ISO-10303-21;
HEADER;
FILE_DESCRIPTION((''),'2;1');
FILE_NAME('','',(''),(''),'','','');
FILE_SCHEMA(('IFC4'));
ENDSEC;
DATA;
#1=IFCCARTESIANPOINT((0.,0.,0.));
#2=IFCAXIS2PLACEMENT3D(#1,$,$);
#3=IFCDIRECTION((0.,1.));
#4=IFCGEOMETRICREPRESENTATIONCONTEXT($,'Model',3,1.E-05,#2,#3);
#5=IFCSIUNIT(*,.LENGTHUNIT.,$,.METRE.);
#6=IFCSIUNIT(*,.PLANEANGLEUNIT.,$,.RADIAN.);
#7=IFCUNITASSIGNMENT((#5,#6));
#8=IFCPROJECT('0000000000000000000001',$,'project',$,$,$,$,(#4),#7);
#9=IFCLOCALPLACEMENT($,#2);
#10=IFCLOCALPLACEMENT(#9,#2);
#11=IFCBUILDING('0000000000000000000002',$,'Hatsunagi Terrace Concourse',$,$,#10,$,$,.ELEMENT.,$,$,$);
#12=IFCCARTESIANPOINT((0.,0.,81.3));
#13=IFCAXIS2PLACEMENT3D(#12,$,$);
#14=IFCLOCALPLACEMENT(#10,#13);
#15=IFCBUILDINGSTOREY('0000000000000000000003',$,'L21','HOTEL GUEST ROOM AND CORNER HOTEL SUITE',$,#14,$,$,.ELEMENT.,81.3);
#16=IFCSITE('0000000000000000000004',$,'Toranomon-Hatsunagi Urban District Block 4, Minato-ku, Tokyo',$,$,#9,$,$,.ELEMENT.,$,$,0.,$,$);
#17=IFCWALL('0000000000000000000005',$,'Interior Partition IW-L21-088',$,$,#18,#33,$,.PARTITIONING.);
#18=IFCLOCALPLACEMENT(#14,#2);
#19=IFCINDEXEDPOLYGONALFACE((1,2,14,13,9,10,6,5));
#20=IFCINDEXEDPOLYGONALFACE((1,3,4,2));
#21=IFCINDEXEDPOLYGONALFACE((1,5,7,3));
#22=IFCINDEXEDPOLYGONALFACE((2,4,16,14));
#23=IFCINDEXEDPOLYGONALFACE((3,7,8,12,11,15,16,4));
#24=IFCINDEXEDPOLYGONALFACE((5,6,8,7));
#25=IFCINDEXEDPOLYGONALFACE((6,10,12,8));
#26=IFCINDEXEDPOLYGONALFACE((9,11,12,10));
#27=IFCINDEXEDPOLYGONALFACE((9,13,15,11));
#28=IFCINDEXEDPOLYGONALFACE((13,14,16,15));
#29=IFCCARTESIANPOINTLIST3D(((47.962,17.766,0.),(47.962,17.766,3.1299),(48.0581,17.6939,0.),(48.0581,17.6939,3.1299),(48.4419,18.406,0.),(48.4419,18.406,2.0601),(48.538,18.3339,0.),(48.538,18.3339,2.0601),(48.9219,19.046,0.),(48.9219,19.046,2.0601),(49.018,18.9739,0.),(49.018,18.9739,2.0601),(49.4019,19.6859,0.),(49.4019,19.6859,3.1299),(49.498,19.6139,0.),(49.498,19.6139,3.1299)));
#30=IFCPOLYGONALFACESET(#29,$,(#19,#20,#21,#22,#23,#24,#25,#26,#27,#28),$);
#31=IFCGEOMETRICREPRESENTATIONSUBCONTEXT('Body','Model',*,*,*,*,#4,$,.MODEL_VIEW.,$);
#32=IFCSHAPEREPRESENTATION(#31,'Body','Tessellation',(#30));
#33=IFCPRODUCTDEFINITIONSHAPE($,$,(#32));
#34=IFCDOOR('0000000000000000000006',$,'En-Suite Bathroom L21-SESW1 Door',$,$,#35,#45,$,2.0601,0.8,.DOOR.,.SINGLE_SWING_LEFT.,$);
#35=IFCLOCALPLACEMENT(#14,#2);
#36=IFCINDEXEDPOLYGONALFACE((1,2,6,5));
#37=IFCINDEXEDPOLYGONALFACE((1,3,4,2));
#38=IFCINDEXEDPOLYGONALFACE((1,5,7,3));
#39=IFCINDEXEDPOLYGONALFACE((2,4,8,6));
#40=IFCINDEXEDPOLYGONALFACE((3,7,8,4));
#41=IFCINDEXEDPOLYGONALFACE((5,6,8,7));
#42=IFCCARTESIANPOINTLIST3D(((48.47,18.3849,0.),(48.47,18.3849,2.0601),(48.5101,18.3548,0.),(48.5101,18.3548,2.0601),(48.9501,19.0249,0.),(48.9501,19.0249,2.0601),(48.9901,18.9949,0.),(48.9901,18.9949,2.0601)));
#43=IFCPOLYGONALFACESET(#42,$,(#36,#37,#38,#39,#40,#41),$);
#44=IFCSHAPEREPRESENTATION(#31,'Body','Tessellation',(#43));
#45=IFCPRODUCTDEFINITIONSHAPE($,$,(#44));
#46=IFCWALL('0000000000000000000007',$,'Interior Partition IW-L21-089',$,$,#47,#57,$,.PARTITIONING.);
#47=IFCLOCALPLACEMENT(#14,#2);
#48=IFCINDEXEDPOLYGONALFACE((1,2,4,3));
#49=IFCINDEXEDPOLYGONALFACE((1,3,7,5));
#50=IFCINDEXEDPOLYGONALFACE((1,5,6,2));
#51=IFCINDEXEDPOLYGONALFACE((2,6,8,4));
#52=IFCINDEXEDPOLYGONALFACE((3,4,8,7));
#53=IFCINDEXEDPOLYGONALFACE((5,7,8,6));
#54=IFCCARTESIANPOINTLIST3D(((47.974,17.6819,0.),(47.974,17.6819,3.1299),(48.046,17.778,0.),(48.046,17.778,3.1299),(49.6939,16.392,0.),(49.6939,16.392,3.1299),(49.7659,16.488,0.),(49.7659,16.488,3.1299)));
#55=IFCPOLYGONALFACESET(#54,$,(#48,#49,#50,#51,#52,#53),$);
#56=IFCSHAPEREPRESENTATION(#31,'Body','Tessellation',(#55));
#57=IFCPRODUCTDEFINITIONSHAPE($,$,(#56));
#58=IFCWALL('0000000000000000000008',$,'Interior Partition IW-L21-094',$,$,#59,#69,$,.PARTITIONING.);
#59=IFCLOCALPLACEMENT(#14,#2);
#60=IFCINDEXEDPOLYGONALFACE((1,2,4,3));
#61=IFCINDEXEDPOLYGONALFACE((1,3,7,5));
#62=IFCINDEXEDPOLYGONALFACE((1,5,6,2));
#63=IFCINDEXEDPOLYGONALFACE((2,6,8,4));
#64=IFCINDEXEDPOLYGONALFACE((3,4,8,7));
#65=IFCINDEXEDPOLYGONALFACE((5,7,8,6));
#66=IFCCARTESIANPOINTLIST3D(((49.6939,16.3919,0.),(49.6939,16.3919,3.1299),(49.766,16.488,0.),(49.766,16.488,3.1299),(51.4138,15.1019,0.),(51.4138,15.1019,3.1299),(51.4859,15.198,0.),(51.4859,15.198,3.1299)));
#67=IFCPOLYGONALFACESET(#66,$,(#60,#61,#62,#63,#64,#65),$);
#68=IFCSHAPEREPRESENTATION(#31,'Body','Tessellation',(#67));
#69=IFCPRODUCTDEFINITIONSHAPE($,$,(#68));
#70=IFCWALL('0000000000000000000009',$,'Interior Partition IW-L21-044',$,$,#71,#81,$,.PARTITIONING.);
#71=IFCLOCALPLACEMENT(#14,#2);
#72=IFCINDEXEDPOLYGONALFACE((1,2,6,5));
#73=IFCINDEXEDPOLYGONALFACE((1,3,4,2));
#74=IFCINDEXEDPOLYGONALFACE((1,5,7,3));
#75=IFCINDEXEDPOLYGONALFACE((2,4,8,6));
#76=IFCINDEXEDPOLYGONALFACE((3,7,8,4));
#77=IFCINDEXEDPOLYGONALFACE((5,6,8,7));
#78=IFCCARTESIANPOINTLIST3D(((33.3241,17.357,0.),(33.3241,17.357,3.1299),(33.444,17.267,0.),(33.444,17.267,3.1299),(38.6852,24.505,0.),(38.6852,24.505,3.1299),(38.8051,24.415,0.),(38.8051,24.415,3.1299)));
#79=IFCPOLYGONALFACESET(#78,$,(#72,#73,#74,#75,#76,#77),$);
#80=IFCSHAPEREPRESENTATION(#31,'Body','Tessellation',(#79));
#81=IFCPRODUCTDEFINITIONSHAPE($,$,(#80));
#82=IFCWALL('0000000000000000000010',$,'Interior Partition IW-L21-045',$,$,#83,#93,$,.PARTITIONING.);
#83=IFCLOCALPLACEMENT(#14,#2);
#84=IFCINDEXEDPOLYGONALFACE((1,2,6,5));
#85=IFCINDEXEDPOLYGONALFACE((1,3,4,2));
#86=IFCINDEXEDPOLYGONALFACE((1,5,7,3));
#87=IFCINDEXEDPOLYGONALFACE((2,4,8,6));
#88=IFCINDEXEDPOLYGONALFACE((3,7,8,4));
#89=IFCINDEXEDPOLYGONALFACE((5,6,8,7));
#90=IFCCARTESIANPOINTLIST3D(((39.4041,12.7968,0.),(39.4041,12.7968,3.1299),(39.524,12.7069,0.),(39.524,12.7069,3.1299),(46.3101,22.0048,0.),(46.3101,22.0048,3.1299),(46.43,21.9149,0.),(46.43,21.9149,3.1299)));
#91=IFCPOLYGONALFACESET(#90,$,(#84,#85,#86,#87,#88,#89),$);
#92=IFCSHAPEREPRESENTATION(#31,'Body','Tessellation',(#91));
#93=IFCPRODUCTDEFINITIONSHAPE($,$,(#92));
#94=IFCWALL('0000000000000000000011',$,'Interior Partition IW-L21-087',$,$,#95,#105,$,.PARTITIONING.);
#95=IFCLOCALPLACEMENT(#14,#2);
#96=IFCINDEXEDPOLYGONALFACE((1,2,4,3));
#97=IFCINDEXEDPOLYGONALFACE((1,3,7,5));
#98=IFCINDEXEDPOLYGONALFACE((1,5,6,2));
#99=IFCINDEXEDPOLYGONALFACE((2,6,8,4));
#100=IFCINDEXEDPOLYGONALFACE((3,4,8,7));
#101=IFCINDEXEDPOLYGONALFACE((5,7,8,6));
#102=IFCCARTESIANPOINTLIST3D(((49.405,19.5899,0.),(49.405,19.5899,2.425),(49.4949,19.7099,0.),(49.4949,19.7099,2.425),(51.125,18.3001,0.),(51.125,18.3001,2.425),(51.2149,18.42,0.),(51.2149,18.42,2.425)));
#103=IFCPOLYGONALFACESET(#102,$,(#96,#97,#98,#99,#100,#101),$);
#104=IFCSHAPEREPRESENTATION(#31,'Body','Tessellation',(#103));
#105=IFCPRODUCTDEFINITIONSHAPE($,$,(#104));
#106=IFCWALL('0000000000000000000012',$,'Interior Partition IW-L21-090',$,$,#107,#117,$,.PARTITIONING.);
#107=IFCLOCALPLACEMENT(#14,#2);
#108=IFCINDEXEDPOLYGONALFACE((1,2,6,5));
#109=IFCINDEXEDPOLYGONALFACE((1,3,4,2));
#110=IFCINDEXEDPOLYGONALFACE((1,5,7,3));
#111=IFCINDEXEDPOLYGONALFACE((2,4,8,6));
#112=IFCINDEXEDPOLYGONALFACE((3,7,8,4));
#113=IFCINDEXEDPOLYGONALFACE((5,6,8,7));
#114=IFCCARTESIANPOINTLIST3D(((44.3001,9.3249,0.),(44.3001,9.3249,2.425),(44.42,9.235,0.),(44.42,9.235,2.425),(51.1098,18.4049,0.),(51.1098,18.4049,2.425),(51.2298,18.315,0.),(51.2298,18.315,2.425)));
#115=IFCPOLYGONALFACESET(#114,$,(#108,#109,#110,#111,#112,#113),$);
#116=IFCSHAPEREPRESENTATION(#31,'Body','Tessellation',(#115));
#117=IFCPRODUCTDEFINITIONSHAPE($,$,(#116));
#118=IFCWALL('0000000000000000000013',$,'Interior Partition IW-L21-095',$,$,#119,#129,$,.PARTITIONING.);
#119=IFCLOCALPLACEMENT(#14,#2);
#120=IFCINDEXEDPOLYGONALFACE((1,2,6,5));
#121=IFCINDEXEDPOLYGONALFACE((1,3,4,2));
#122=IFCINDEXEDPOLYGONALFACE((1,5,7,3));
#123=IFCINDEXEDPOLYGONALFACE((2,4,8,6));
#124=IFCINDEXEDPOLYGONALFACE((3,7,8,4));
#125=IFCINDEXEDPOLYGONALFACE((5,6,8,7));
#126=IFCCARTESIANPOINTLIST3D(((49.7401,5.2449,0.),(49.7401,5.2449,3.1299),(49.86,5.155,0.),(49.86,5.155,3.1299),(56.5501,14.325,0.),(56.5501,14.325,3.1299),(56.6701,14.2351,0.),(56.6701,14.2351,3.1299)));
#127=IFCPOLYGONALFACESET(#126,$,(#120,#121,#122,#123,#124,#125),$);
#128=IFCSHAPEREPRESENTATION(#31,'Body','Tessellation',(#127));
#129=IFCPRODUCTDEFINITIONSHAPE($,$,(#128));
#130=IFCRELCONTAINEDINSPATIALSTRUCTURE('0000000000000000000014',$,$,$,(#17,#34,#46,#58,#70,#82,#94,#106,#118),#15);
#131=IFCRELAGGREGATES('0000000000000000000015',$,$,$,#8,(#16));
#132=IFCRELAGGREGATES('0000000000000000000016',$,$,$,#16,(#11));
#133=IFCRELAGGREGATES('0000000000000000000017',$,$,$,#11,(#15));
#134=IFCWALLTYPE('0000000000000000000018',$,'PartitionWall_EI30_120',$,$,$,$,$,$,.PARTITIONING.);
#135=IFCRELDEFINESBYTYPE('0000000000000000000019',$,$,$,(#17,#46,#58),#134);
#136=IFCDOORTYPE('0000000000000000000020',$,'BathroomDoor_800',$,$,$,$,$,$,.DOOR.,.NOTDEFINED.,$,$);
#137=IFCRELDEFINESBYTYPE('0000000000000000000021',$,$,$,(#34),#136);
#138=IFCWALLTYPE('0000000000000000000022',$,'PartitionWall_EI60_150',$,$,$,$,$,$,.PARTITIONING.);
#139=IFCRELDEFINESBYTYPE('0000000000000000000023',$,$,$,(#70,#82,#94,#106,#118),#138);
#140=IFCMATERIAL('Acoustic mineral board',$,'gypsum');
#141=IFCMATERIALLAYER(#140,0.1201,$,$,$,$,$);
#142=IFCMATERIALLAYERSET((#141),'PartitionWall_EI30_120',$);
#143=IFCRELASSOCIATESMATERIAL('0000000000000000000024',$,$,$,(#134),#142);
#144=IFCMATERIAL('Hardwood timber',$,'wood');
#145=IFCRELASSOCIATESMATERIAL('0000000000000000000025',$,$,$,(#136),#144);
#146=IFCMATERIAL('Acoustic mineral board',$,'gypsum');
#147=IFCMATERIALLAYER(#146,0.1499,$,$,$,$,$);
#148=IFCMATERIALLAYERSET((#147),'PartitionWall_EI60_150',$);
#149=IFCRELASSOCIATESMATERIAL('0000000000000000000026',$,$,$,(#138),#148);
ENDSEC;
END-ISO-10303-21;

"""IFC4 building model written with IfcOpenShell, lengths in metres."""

from ifc_helpers import new_model, si_unit, direction, frame, frame_2d, origin, place, context, subcontext, project, spatial, rectangle, extrude, material, layer, layer_set, type_object, element, fill, save


model = new_model("IFC4")

# Units and contexts
model_context = context("Model", 3, precision=1e-05, world=origin(), true_north=direction((0.0, 1.0)))
body_context = subcontext(model_context, "Body", "Model", "MODEL_VIEW")
ifc_project = project(units=[si_unit("LENGTHUNIT", "METRE"), si_unit("PLANEANGLEUNIT", "RADIAN")], contexts=[model_context])

# Site, building, storey
site_placement = place(None, origin())
site = spatial("IfcSite", under=ifc_project, at=site_placement, Name="Toranomon-Hatsunagi Urban District Block 4, Minato-ku, Tokyo", CompositionType="ELEMENT", RefElevation=0.0)
building_placement = place(site_placement, origin())
building = spatial("IfcBuilding", under=site, at=building_placement, Name="Hatsunagi Terrace Concourse", CompositionType="ELEMENT")
storey_placement = place(building_placement, frame((0.0, 0.0, 81.3)))
storey = spatial("IfcBuildingStorey", under=building, at=storey_placement, Name="L21", Description="HOTEL GUEST ROOM AND CORNER HOTEL SUITE", CompositionType="ELEMENT", Elevation=81.3)

# Wall, opening, door
ifc_material_1 = material(Name="Acoustic mineral board", Category="gypsum")
ifc_layer_1 = layer(ifc_material_1, 0.1201)
ifc_layer_set_1 = layer_set([ifc_layer_1], Name="PartitionWall_EI30_120")
wall_type_1 = type_object("IfcWallType", Name="PartitionWall_EI30_120", PredefinedType="PARTITIONING", material=ifc_layer_set_1)
wall_1_placement = place(storey_placement, frame((48.01, 17.73, 0.0), z_axis=(0.0, 0.0, 1.0), x_axis=(0.6, 0.8, 0.0)))
wall_1 = element("IfcWall", 1, at=wall_1_placement, inside=storey, type_object=wall_type_1, Name="Interior Partition IW-L21-088", PredefinedType="PARTITIONING", context=body_context, shape_type="SweptSolid", body=[
    extrude(rectangle(XDim=2.3999, YDim=0.1201, at=frame_2d((1.2, 0.0))), origin(), (0.0, 0.0, 1.0), 3.1299),
])
opening_1_placement = place(wall_1_placement, frame((0.8, 0.0, 0.0)))
opening_1 = element("IfcOpeningElement", 2, at=opening_1_placement, cuts=wall_1, PredefinedType="OPENING", context=body_context, shape_type="SweptSolid", body=[
    extrude(rectangle(XDim=0.8, YDim=2.0601, at=frame_2d((0.3999, 1.03))), frame((0.0, 0.0701, 0.0), z_axis=(0.0, -1.0, 0.0), x_axis=(1.0, 0.0, 0.0)), (0.0, 0.0, 1.0), 0.1401),
])
ifc_material_2 = material(Name="Hardwood timber", Category="wood")
door_type_1 = type_object("IfcDoorType", Name="BathroomDoor_800", OperationType="NOTDEFINED", PredefinedType="DOOR", material=ifc_material_2)
door_1_placement = place(opening_1_placement, origin())
door_1 = element("IfcDoor", 3, at=door_1_placement, inside=storey, type_object=door_type_1, Name="En-Suite Bathroom L21-SESW1 Door", OperationType="SINGLE_SWING_LEFT", OverallHeight=2.0601, OverallWidth=0.8, PredefinedType="DOOR", context=body_context, shape_type="SweptSolid", body=[
    extrude(rectangle(XDim=0.8, YDim=2.0601, at=frame_2d((0.3999, 1.03))), frame((0.0, 0.0249, 0.0), z_axis=(0.0, -1.0, 0.0), x_axis=(1.0, 0.0, 0.0)), (0.0, 0.0, 1.0), 0.05),
])
fill(opening_1, door_1)

# Walls
for number, where, z_axis, x_axis, name in (
    (4, (48.01, 17.73, 0.0), (0.0, 0.0, 1.0), (0.799986, -0.600018, 0.0), "Interior Partition IW-L21-089"),
    (5, (49.73, 16.4399, 0.0), (0.0, 0.0, 1.0), (0.799986, -0.600018, 0.0), "Interior Partition IW-L21-094"),
):
    element("IfcWall", number, at=place(storey_placement, frame(where, z_axis=z_axis, x_axis=x_axis)), inside=storey, type_object=wall_type_1, Name=name, PredefinedType="PARTITIONING", context=body_context, shape_type="SweptSolid", body=[
        extrude(rectangle(XDim=2.1499, YDim=0.1201, at=frame_2d((1.075, 0.0))), origin(), (0.0, 0.0, 1.0), 3.1299),
    ])
ifc_material_3 = material(Name="Acoustic mineral board", Category="gypsum")
ifc_layer_2 = layer(ifc_material_3, 0.1499)
ifc_layer_set_2 = layer_set([ifc_layer_2], Name="PartitionWall_EI60_150")
wall_type_2 = type_object("IfcWallType", Name="PartitionWall_EI60_150", PredefinedType="PARTITIONING", material=ifc_layer_set_2)
wall_2_placement = place(storey_placement, frame((33.384, 17.312, 0.0), z_axis=(0.0, 0.0, 1.0), x_axis=(0.600009, 0.799993, 0.0)))
element("IfcWall", 6, at=wall_2_placement, inside=storey, type_object=wall_type_2, Name="Interior Partition IW-L21-044", PredefinedType="PARTITIONING", context=body_context, shape_type="SweptSolid", body=[
    extrude(rectangle(XDim=8.9351, YDim=0.1499, at=frame_2d((4.4675, 0.0))), origin(), (0.0, 0.0, 1.0), 3.1299),
])
wall_3_placement = place(storey_placement, frame((39.4641, 12.752, 0.0), z_axis=(0.0, 0.0, 1.0), x_axis=(0.6, 0.8, 0.0)))
element("IfcWall", 7, at=wall_3_placement, inside=storey, type_object=wall_type_2, Name="Interior Partition IW-L21-045", PredefinedType="PARTITIONING", context=body_context, shape_type="SweptSolid", body=[
    extrude(rectangle(XDim=11.51, YDim=0.1499, at=frame_2d((5.7549, 0.0))), origin(), (0.0, 0.0, 1.0), 3.1299),
])

# Walls
wall_4_placement = place(storey_placement, frame((49.45, 19.6499, 0.0), z_axis=(0.0, 0.0, 1.0), x_axis=(0.800041, -0.599945, 0.0)))
element("IfcWall", 8, at=wall_4_placement, inside=storey, type_object=wall_type_2, Name="Interior Partition IW-L21-087", PredefinedType="PARTITIONING", context=body_context, shape_type="SweptSolid", body=[
    extrude(rectangle(XDim=2.1499, YDim=0.1499, at=frame_2d((1.075, 0.0))), origin(), (0.0, 0.0, 1.0), 2.425),
])
wall_5_placement = place(storey_placement, frame((44.3601, 9.28, 0.0), z_axis=(0.0, 0.0, 1.0), x_axis=(0.599986, 0.80001, 0.0)))
element("IfcWall", 9, at=wall_5_placement, inside=storey, type_object=wall_type_2, Name="Interior Partition IW-L21-090", PredefinedType="PARTITIONING", context=body_context, shape_type="SweptSolid", body=[
    extrude(rectangle(XDim=11.3499, YDim=0.1499, at=frame_2d((5.6748, 0.0))), origin(), (0.0, 0.0, 1.0), 2.425),
])
wall_6_placement = place(storey_placement, frame((49.8, 5.2, 0.0), z_axis=(0.0, 0.0, 1.0), x_axis=(0.6, 0.8, 0.0)))
element("IfcWall", 10, at=wall_6_placement, inside=storey, type_object=wall_type_2, Name="Interior Partition IW-L21-095", PredefinedType="PARTITIONING", context=body_context, shape_type="SweptSolid", body=[
    extrude(rectangle(XDim=11.3501, YDim=0.1499, at=frame_2d((5.675, 0.0))), origin(), (0.0, 0.0, 1.0), 3.1299),
])

save(model, "model.ifc")
